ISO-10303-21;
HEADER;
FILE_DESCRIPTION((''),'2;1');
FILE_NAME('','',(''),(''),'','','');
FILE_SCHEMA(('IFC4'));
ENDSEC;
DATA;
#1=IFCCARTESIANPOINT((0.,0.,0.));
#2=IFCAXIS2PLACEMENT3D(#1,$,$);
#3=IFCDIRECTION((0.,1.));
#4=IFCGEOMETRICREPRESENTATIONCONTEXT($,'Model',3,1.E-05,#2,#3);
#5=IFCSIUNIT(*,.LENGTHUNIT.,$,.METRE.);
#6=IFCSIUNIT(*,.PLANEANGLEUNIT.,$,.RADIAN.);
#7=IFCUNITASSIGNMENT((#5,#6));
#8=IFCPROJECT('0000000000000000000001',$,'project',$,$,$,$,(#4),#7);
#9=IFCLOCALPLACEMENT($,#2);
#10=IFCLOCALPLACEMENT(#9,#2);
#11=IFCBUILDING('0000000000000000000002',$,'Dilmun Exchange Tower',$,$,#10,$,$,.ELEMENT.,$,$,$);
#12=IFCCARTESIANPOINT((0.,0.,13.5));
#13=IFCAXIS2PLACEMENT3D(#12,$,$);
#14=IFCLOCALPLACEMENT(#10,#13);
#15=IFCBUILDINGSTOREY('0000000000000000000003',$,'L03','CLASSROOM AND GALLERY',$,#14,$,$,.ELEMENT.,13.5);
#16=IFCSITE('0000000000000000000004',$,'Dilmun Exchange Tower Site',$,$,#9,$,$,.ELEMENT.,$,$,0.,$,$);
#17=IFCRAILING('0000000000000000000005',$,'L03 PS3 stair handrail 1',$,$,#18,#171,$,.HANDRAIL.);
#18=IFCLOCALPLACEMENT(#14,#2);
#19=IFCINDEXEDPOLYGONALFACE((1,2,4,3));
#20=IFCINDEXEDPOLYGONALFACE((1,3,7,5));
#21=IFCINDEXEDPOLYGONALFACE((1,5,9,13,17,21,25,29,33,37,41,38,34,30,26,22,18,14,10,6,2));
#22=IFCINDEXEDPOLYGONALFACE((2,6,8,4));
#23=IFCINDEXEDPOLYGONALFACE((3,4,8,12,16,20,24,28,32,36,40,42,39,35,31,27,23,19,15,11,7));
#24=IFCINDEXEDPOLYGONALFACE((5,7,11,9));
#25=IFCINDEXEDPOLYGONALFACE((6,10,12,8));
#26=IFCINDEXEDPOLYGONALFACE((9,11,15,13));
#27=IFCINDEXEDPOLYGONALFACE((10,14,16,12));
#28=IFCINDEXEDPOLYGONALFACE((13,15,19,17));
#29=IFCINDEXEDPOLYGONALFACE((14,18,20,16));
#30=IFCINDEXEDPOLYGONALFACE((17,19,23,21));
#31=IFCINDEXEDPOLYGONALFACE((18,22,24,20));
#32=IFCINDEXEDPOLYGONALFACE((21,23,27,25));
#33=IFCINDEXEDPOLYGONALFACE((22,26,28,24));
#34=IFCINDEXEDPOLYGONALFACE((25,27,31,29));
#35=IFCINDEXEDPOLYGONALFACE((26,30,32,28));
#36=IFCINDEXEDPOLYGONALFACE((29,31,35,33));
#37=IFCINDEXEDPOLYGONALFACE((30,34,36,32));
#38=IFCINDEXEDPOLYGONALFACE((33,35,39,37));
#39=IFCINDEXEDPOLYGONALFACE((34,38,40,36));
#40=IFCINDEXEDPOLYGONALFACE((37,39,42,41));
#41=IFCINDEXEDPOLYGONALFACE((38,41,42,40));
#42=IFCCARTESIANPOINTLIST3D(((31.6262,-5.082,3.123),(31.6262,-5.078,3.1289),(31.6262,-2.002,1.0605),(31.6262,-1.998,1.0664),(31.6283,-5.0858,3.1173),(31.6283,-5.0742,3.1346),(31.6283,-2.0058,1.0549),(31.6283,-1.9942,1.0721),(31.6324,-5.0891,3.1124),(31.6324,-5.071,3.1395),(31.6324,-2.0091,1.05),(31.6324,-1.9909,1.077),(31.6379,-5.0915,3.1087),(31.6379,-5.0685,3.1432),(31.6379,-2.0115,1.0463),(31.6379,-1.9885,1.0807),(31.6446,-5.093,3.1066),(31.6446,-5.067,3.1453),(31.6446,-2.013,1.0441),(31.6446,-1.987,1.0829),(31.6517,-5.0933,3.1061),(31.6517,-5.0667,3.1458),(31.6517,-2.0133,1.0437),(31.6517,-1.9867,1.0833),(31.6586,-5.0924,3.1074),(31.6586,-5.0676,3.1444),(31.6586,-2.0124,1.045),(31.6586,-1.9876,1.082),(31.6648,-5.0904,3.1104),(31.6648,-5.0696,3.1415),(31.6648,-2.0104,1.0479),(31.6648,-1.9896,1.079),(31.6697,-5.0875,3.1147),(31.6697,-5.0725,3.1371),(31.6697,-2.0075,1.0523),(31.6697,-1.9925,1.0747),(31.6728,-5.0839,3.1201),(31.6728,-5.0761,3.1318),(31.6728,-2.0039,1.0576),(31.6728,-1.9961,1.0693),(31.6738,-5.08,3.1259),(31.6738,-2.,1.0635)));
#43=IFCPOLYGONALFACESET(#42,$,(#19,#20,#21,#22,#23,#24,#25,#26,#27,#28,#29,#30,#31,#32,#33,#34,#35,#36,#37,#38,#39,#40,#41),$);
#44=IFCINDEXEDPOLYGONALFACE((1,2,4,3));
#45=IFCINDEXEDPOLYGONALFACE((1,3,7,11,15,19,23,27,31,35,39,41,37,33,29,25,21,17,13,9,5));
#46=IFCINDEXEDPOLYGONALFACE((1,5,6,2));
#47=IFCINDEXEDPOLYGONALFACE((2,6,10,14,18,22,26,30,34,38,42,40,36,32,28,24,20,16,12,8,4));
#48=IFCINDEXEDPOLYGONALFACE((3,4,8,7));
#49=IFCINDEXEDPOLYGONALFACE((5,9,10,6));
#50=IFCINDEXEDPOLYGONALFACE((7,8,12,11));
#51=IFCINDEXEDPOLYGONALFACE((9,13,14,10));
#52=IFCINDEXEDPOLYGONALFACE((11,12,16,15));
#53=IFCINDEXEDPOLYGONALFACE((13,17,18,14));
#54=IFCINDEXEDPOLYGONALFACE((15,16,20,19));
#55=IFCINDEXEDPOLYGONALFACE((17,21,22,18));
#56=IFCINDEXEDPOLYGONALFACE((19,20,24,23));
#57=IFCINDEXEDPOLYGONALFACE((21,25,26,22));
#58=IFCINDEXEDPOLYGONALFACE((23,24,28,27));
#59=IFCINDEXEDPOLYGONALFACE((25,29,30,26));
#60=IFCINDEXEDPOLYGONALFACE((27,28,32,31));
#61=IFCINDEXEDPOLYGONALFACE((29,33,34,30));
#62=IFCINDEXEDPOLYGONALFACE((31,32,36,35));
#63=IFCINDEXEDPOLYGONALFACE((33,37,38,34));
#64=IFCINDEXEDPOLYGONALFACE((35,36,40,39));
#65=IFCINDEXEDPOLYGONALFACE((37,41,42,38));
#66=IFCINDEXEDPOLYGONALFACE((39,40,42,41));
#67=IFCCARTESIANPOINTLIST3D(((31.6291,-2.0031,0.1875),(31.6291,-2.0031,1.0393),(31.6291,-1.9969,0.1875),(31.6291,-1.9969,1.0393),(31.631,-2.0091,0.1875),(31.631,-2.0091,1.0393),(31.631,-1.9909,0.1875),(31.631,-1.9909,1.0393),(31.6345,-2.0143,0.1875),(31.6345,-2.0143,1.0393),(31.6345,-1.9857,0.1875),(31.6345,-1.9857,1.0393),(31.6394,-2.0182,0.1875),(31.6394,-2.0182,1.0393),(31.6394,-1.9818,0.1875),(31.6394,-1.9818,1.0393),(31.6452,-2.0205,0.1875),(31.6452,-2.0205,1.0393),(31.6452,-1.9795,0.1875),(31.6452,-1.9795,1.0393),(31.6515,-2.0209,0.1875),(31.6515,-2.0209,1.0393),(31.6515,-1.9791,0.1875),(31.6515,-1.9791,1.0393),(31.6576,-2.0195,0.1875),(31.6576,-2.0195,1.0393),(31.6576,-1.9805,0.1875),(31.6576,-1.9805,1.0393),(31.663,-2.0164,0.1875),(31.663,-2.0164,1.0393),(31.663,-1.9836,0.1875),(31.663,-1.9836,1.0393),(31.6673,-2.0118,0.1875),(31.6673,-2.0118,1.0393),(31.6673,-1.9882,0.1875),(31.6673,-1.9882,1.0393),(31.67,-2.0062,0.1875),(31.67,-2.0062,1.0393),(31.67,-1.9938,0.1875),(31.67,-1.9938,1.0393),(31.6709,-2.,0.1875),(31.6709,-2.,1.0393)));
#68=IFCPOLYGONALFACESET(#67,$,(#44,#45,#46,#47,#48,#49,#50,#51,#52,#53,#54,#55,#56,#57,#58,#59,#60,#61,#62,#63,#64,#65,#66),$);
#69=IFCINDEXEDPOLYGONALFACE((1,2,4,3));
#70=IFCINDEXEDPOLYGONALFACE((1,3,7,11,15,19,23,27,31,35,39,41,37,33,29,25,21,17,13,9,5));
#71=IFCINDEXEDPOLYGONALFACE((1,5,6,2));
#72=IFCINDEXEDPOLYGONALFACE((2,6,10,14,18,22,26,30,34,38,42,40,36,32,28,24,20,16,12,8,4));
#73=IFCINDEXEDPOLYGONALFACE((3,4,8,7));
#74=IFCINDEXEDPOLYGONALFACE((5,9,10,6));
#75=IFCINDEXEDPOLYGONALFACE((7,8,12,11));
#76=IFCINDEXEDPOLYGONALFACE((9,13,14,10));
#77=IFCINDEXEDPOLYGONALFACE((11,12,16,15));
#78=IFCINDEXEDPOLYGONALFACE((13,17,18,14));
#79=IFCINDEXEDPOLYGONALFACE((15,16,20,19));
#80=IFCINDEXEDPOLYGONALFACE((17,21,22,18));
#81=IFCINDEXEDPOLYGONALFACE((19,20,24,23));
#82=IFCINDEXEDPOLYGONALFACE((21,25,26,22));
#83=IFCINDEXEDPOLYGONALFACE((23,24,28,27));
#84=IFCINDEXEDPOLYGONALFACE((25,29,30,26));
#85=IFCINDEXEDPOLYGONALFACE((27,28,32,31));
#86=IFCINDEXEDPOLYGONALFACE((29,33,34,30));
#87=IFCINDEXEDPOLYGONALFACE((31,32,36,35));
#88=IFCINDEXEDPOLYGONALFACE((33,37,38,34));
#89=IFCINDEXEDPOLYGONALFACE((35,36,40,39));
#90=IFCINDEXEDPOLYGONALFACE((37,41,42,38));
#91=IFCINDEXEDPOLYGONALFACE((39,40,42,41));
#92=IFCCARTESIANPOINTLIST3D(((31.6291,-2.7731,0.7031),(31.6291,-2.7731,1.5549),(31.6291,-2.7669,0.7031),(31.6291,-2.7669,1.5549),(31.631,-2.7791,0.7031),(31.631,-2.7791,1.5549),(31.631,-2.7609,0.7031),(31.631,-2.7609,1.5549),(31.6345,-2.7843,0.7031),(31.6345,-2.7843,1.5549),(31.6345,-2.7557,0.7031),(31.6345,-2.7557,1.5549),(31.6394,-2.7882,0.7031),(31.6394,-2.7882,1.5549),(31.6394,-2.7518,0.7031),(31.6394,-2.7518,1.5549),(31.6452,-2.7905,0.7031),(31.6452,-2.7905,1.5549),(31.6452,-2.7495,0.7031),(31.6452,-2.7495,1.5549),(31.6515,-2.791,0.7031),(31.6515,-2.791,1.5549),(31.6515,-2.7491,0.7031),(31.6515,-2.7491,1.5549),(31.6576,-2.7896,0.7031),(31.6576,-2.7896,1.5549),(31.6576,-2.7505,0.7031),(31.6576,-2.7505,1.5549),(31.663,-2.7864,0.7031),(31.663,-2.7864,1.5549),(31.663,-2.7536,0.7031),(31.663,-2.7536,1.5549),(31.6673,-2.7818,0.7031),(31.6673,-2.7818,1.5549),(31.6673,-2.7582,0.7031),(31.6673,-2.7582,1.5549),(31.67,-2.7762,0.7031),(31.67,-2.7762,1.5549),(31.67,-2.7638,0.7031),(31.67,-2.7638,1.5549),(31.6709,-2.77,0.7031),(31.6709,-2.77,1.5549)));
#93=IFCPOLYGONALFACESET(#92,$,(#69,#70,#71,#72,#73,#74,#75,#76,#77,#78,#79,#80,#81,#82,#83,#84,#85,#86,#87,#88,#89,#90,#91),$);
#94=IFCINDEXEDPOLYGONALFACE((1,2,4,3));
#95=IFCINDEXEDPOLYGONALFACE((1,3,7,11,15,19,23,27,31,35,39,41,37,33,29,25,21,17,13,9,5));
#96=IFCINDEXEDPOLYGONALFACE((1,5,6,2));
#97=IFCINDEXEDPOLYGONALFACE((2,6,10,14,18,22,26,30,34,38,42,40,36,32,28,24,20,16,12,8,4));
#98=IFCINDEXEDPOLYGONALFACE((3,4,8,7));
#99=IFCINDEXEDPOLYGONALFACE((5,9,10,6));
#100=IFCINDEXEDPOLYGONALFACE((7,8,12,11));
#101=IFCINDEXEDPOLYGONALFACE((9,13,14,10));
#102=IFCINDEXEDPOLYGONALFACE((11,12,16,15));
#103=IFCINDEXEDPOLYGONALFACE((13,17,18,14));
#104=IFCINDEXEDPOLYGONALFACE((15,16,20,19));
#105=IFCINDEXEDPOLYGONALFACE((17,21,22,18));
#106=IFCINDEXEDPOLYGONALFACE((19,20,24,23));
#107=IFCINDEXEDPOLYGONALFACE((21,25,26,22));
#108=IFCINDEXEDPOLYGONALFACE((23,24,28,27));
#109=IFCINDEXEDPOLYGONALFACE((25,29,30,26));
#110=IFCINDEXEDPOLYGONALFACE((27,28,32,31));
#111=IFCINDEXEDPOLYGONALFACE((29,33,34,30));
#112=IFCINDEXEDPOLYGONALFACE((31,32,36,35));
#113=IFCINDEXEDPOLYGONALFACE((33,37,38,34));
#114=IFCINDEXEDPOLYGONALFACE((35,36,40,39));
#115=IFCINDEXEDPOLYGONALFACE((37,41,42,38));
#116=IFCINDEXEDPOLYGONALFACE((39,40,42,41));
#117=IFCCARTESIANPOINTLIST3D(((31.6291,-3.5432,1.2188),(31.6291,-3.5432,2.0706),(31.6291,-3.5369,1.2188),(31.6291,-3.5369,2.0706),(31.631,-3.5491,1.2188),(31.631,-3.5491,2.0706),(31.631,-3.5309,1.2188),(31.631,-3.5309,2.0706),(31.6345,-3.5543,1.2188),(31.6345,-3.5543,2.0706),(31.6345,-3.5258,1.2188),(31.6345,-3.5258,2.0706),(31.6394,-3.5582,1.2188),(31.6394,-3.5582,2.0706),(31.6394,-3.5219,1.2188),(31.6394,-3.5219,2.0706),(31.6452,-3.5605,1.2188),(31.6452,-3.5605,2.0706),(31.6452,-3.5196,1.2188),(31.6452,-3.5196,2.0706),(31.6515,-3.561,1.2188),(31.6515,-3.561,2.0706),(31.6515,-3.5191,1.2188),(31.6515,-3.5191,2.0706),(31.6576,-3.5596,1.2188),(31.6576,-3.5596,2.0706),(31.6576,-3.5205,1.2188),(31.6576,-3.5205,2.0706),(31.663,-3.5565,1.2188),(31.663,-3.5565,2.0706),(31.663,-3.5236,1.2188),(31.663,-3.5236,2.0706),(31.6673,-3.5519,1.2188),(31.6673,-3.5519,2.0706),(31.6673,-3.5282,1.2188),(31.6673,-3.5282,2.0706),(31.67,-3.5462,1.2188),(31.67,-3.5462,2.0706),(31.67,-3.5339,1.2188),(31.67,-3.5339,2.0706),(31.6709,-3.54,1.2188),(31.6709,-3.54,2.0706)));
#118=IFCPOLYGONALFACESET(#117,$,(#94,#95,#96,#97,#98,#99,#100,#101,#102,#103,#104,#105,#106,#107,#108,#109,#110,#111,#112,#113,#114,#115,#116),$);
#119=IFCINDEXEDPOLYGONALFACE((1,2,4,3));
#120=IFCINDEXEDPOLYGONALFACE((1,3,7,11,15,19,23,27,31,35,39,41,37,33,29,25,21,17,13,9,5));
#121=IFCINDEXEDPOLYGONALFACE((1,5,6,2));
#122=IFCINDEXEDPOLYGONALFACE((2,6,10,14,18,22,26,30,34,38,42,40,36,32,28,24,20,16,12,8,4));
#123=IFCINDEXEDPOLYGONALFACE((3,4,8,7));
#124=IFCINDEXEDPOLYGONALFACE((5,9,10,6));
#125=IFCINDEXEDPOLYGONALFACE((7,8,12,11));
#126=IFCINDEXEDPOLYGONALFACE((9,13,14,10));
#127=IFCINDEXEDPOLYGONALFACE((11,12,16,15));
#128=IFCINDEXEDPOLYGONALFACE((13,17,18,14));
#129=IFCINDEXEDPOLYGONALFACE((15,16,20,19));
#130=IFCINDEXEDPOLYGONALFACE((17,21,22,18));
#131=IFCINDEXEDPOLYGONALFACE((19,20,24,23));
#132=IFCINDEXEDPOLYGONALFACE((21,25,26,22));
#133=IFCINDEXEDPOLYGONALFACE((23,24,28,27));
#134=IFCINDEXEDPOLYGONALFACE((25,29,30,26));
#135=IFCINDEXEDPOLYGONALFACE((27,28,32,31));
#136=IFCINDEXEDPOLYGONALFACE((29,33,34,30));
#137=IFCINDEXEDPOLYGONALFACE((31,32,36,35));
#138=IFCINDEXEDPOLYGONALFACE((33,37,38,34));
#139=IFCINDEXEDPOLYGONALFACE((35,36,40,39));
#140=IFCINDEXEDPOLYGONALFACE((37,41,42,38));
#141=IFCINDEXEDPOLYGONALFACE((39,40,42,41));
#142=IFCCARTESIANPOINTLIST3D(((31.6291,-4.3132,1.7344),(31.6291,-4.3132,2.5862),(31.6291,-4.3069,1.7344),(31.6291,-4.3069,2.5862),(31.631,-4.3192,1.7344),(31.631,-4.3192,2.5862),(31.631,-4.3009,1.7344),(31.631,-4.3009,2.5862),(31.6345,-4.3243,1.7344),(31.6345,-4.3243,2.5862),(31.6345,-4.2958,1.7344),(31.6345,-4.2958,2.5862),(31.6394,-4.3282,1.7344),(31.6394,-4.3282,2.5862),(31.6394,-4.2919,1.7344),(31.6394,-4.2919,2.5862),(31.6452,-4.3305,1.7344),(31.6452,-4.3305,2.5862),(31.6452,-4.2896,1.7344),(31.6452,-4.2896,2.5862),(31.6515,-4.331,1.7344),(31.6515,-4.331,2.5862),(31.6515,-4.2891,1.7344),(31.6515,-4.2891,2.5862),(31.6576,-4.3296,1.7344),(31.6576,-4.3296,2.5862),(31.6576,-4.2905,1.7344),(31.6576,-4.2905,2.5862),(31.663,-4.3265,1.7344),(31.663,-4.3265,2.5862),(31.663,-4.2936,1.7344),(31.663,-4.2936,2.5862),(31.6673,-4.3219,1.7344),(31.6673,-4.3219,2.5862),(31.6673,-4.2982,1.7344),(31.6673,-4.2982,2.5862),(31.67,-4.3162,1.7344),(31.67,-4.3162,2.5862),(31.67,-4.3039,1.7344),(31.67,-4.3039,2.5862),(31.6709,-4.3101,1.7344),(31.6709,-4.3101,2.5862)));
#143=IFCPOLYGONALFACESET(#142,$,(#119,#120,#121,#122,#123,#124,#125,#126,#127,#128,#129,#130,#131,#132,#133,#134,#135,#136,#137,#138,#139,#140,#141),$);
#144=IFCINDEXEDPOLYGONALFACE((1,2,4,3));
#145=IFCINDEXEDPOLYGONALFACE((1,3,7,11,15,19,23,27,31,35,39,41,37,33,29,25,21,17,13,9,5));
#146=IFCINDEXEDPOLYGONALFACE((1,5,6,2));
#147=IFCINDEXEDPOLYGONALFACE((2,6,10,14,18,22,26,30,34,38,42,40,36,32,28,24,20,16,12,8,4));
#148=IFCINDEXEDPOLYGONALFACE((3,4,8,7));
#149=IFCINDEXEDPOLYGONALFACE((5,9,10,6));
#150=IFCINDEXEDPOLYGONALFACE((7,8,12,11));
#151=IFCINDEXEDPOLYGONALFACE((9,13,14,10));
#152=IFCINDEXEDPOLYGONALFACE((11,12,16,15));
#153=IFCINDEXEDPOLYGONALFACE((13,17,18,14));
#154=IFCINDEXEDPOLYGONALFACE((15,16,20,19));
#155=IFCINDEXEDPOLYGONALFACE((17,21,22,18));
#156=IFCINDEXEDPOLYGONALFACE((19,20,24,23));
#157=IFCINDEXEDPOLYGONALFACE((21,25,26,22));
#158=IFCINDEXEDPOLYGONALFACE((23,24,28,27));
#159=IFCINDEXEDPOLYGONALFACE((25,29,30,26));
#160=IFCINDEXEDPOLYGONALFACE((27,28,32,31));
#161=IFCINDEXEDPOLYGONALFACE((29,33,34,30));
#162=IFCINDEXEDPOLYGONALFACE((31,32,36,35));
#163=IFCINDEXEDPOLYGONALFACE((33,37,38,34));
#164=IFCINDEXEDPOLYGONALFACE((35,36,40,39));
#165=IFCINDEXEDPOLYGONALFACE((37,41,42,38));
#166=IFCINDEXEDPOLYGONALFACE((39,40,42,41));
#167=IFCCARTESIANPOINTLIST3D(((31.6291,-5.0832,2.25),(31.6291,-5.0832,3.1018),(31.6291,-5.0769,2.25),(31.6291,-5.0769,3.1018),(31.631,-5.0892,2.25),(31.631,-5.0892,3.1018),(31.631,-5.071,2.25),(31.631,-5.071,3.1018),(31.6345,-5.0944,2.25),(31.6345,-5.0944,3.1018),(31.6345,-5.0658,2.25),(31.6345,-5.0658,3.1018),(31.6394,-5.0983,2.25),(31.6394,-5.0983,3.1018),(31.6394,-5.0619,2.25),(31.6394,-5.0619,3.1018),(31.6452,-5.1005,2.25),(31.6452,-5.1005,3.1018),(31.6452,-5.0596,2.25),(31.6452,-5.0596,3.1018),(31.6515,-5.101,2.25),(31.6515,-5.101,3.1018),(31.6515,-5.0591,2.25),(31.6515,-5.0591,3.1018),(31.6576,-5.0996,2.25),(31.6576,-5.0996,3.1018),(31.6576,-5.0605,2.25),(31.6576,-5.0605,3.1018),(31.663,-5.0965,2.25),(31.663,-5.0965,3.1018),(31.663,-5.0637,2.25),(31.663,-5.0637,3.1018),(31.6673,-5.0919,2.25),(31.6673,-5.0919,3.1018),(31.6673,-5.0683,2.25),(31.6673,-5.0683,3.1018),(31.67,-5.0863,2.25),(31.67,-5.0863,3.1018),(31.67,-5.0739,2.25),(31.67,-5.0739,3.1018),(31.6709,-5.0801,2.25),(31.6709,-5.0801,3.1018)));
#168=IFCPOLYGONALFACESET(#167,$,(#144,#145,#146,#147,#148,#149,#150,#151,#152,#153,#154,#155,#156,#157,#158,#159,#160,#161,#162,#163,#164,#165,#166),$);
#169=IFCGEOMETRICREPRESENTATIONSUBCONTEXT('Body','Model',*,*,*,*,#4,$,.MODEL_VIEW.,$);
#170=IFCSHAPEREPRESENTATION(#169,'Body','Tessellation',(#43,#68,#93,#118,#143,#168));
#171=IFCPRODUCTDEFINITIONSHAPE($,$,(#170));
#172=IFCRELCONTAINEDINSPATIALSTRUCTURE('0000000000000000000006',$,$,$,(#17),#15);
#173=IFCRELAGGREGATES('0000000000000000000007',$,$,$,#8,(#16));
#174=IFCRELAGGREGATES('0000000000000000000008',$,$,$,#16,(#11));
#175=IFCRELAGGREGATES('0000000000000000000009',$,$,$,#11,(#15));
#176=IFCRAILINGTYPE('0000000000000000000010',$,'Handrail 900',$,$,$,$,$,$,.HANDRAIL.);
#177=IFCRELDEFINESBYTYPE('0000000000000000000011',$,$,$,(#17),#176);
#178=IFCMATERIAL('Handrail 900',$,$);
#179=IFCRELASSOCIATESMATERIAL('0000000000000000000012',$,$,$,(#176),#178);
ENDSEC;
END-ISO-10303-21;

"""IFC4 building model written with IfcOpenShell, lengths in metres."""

from ifc_helpers import new_model, si_unit, direction, frame, origin, origin_2d, place, context, subcontext, project, spatial, circle, extrude, material, type_object, element, save


model = new_model("IFC4")

# Units and contexts
model_context = context("Model", 3, precision=1e-05, world=origin(), true_north=direction((0.0, 1.0)))
body_context = subcontext(model_context, "Body", "Model", "MODEL_VIEW")
ifc_project = project(units=[si_unit("LENGTHUNIT", "METRE"), si_unit("PLANEANGLEUNIT", "RADIAN")], contexts=[model_context])

# Site, building, storey
site_placement = place(None, origin())
site = spatial("IfcSite", under=ifc_project, at=site_placement, Name="Dilmun Exchange Tower Site", CompositionType="ELEMENT", RefElevation=0.0)
building_placement = place(site_placement, origin())
building = spatial("IfcBuilding", under=site, at=building_placement, Name="Dilmun Exchange Tower", CompositionType="ELEMENT")
storey_placement = place(building_placement, frame((0.0, 0.0, 13.5)))
storey = spatial("IfcBuildingStorey", under=building, at=storey_placement, Name="L03", Description="CLASSROOM AND GALLERY", CompositionType="ELEMENT", Elevation=13.5)

# Railing
ifc_material_1 = material(Name="Handrail 900")
railing_type_1 = type_object("IfcRailingType", Name="Handrail 900", PredefinedType="HANDRAIL", material=ifc_material_1)
railing_1_placement = place(storey_placement, frame((31.6499, -2.0, 0.1875)))
element("IfcRailing", 1, at=railing_1_placement, inside=storey, type_object=railing_type_1, Name="L03 PS3 stair handrail 1", PredefinedType="HANDRAIL", context=body_context, shape_type="SweptSolid", body=[
    extrude(circle(Radius=0.0239, at=origin_2d()), frame((0.0, 0.0, 0.876), z_axis=(0.0, -0.830914, 0.556401), x_axis=(1.0, 0.0, 0.0)), (0.0, 0.0, 1.0), 3.7068),
    extrude(circle(Radius=0.021, at=origin_2d()), origin(), (0.0, 0.0, 1.0), 0.8518),
    extrude(circle(Radius=0.021, at=origin_2d()), frame((0.0, -0.77, 0.5156)), (0.0, 0.0, 1.0), 0.8518),
    extrude(circle(Radius=0.021, at=origin_2d()), frame((0.0, -1.54, 1.0312)), (0.0, 0.0, 1.0), 0.8518),
    extrude(circle(Radius=0.021, at=origin_2d()), frame((0.0, -2.3101, 1.5469)), (0.0, 0.0, 1.0), 0.8518),
    extrude(circle(Radius=0.021, at=origin_2d()), frame((0.0, -3.0801, 2.0625)), (0.0, 0.0, 1.0), 0.8518),
])

save(model, "model.ifc")
